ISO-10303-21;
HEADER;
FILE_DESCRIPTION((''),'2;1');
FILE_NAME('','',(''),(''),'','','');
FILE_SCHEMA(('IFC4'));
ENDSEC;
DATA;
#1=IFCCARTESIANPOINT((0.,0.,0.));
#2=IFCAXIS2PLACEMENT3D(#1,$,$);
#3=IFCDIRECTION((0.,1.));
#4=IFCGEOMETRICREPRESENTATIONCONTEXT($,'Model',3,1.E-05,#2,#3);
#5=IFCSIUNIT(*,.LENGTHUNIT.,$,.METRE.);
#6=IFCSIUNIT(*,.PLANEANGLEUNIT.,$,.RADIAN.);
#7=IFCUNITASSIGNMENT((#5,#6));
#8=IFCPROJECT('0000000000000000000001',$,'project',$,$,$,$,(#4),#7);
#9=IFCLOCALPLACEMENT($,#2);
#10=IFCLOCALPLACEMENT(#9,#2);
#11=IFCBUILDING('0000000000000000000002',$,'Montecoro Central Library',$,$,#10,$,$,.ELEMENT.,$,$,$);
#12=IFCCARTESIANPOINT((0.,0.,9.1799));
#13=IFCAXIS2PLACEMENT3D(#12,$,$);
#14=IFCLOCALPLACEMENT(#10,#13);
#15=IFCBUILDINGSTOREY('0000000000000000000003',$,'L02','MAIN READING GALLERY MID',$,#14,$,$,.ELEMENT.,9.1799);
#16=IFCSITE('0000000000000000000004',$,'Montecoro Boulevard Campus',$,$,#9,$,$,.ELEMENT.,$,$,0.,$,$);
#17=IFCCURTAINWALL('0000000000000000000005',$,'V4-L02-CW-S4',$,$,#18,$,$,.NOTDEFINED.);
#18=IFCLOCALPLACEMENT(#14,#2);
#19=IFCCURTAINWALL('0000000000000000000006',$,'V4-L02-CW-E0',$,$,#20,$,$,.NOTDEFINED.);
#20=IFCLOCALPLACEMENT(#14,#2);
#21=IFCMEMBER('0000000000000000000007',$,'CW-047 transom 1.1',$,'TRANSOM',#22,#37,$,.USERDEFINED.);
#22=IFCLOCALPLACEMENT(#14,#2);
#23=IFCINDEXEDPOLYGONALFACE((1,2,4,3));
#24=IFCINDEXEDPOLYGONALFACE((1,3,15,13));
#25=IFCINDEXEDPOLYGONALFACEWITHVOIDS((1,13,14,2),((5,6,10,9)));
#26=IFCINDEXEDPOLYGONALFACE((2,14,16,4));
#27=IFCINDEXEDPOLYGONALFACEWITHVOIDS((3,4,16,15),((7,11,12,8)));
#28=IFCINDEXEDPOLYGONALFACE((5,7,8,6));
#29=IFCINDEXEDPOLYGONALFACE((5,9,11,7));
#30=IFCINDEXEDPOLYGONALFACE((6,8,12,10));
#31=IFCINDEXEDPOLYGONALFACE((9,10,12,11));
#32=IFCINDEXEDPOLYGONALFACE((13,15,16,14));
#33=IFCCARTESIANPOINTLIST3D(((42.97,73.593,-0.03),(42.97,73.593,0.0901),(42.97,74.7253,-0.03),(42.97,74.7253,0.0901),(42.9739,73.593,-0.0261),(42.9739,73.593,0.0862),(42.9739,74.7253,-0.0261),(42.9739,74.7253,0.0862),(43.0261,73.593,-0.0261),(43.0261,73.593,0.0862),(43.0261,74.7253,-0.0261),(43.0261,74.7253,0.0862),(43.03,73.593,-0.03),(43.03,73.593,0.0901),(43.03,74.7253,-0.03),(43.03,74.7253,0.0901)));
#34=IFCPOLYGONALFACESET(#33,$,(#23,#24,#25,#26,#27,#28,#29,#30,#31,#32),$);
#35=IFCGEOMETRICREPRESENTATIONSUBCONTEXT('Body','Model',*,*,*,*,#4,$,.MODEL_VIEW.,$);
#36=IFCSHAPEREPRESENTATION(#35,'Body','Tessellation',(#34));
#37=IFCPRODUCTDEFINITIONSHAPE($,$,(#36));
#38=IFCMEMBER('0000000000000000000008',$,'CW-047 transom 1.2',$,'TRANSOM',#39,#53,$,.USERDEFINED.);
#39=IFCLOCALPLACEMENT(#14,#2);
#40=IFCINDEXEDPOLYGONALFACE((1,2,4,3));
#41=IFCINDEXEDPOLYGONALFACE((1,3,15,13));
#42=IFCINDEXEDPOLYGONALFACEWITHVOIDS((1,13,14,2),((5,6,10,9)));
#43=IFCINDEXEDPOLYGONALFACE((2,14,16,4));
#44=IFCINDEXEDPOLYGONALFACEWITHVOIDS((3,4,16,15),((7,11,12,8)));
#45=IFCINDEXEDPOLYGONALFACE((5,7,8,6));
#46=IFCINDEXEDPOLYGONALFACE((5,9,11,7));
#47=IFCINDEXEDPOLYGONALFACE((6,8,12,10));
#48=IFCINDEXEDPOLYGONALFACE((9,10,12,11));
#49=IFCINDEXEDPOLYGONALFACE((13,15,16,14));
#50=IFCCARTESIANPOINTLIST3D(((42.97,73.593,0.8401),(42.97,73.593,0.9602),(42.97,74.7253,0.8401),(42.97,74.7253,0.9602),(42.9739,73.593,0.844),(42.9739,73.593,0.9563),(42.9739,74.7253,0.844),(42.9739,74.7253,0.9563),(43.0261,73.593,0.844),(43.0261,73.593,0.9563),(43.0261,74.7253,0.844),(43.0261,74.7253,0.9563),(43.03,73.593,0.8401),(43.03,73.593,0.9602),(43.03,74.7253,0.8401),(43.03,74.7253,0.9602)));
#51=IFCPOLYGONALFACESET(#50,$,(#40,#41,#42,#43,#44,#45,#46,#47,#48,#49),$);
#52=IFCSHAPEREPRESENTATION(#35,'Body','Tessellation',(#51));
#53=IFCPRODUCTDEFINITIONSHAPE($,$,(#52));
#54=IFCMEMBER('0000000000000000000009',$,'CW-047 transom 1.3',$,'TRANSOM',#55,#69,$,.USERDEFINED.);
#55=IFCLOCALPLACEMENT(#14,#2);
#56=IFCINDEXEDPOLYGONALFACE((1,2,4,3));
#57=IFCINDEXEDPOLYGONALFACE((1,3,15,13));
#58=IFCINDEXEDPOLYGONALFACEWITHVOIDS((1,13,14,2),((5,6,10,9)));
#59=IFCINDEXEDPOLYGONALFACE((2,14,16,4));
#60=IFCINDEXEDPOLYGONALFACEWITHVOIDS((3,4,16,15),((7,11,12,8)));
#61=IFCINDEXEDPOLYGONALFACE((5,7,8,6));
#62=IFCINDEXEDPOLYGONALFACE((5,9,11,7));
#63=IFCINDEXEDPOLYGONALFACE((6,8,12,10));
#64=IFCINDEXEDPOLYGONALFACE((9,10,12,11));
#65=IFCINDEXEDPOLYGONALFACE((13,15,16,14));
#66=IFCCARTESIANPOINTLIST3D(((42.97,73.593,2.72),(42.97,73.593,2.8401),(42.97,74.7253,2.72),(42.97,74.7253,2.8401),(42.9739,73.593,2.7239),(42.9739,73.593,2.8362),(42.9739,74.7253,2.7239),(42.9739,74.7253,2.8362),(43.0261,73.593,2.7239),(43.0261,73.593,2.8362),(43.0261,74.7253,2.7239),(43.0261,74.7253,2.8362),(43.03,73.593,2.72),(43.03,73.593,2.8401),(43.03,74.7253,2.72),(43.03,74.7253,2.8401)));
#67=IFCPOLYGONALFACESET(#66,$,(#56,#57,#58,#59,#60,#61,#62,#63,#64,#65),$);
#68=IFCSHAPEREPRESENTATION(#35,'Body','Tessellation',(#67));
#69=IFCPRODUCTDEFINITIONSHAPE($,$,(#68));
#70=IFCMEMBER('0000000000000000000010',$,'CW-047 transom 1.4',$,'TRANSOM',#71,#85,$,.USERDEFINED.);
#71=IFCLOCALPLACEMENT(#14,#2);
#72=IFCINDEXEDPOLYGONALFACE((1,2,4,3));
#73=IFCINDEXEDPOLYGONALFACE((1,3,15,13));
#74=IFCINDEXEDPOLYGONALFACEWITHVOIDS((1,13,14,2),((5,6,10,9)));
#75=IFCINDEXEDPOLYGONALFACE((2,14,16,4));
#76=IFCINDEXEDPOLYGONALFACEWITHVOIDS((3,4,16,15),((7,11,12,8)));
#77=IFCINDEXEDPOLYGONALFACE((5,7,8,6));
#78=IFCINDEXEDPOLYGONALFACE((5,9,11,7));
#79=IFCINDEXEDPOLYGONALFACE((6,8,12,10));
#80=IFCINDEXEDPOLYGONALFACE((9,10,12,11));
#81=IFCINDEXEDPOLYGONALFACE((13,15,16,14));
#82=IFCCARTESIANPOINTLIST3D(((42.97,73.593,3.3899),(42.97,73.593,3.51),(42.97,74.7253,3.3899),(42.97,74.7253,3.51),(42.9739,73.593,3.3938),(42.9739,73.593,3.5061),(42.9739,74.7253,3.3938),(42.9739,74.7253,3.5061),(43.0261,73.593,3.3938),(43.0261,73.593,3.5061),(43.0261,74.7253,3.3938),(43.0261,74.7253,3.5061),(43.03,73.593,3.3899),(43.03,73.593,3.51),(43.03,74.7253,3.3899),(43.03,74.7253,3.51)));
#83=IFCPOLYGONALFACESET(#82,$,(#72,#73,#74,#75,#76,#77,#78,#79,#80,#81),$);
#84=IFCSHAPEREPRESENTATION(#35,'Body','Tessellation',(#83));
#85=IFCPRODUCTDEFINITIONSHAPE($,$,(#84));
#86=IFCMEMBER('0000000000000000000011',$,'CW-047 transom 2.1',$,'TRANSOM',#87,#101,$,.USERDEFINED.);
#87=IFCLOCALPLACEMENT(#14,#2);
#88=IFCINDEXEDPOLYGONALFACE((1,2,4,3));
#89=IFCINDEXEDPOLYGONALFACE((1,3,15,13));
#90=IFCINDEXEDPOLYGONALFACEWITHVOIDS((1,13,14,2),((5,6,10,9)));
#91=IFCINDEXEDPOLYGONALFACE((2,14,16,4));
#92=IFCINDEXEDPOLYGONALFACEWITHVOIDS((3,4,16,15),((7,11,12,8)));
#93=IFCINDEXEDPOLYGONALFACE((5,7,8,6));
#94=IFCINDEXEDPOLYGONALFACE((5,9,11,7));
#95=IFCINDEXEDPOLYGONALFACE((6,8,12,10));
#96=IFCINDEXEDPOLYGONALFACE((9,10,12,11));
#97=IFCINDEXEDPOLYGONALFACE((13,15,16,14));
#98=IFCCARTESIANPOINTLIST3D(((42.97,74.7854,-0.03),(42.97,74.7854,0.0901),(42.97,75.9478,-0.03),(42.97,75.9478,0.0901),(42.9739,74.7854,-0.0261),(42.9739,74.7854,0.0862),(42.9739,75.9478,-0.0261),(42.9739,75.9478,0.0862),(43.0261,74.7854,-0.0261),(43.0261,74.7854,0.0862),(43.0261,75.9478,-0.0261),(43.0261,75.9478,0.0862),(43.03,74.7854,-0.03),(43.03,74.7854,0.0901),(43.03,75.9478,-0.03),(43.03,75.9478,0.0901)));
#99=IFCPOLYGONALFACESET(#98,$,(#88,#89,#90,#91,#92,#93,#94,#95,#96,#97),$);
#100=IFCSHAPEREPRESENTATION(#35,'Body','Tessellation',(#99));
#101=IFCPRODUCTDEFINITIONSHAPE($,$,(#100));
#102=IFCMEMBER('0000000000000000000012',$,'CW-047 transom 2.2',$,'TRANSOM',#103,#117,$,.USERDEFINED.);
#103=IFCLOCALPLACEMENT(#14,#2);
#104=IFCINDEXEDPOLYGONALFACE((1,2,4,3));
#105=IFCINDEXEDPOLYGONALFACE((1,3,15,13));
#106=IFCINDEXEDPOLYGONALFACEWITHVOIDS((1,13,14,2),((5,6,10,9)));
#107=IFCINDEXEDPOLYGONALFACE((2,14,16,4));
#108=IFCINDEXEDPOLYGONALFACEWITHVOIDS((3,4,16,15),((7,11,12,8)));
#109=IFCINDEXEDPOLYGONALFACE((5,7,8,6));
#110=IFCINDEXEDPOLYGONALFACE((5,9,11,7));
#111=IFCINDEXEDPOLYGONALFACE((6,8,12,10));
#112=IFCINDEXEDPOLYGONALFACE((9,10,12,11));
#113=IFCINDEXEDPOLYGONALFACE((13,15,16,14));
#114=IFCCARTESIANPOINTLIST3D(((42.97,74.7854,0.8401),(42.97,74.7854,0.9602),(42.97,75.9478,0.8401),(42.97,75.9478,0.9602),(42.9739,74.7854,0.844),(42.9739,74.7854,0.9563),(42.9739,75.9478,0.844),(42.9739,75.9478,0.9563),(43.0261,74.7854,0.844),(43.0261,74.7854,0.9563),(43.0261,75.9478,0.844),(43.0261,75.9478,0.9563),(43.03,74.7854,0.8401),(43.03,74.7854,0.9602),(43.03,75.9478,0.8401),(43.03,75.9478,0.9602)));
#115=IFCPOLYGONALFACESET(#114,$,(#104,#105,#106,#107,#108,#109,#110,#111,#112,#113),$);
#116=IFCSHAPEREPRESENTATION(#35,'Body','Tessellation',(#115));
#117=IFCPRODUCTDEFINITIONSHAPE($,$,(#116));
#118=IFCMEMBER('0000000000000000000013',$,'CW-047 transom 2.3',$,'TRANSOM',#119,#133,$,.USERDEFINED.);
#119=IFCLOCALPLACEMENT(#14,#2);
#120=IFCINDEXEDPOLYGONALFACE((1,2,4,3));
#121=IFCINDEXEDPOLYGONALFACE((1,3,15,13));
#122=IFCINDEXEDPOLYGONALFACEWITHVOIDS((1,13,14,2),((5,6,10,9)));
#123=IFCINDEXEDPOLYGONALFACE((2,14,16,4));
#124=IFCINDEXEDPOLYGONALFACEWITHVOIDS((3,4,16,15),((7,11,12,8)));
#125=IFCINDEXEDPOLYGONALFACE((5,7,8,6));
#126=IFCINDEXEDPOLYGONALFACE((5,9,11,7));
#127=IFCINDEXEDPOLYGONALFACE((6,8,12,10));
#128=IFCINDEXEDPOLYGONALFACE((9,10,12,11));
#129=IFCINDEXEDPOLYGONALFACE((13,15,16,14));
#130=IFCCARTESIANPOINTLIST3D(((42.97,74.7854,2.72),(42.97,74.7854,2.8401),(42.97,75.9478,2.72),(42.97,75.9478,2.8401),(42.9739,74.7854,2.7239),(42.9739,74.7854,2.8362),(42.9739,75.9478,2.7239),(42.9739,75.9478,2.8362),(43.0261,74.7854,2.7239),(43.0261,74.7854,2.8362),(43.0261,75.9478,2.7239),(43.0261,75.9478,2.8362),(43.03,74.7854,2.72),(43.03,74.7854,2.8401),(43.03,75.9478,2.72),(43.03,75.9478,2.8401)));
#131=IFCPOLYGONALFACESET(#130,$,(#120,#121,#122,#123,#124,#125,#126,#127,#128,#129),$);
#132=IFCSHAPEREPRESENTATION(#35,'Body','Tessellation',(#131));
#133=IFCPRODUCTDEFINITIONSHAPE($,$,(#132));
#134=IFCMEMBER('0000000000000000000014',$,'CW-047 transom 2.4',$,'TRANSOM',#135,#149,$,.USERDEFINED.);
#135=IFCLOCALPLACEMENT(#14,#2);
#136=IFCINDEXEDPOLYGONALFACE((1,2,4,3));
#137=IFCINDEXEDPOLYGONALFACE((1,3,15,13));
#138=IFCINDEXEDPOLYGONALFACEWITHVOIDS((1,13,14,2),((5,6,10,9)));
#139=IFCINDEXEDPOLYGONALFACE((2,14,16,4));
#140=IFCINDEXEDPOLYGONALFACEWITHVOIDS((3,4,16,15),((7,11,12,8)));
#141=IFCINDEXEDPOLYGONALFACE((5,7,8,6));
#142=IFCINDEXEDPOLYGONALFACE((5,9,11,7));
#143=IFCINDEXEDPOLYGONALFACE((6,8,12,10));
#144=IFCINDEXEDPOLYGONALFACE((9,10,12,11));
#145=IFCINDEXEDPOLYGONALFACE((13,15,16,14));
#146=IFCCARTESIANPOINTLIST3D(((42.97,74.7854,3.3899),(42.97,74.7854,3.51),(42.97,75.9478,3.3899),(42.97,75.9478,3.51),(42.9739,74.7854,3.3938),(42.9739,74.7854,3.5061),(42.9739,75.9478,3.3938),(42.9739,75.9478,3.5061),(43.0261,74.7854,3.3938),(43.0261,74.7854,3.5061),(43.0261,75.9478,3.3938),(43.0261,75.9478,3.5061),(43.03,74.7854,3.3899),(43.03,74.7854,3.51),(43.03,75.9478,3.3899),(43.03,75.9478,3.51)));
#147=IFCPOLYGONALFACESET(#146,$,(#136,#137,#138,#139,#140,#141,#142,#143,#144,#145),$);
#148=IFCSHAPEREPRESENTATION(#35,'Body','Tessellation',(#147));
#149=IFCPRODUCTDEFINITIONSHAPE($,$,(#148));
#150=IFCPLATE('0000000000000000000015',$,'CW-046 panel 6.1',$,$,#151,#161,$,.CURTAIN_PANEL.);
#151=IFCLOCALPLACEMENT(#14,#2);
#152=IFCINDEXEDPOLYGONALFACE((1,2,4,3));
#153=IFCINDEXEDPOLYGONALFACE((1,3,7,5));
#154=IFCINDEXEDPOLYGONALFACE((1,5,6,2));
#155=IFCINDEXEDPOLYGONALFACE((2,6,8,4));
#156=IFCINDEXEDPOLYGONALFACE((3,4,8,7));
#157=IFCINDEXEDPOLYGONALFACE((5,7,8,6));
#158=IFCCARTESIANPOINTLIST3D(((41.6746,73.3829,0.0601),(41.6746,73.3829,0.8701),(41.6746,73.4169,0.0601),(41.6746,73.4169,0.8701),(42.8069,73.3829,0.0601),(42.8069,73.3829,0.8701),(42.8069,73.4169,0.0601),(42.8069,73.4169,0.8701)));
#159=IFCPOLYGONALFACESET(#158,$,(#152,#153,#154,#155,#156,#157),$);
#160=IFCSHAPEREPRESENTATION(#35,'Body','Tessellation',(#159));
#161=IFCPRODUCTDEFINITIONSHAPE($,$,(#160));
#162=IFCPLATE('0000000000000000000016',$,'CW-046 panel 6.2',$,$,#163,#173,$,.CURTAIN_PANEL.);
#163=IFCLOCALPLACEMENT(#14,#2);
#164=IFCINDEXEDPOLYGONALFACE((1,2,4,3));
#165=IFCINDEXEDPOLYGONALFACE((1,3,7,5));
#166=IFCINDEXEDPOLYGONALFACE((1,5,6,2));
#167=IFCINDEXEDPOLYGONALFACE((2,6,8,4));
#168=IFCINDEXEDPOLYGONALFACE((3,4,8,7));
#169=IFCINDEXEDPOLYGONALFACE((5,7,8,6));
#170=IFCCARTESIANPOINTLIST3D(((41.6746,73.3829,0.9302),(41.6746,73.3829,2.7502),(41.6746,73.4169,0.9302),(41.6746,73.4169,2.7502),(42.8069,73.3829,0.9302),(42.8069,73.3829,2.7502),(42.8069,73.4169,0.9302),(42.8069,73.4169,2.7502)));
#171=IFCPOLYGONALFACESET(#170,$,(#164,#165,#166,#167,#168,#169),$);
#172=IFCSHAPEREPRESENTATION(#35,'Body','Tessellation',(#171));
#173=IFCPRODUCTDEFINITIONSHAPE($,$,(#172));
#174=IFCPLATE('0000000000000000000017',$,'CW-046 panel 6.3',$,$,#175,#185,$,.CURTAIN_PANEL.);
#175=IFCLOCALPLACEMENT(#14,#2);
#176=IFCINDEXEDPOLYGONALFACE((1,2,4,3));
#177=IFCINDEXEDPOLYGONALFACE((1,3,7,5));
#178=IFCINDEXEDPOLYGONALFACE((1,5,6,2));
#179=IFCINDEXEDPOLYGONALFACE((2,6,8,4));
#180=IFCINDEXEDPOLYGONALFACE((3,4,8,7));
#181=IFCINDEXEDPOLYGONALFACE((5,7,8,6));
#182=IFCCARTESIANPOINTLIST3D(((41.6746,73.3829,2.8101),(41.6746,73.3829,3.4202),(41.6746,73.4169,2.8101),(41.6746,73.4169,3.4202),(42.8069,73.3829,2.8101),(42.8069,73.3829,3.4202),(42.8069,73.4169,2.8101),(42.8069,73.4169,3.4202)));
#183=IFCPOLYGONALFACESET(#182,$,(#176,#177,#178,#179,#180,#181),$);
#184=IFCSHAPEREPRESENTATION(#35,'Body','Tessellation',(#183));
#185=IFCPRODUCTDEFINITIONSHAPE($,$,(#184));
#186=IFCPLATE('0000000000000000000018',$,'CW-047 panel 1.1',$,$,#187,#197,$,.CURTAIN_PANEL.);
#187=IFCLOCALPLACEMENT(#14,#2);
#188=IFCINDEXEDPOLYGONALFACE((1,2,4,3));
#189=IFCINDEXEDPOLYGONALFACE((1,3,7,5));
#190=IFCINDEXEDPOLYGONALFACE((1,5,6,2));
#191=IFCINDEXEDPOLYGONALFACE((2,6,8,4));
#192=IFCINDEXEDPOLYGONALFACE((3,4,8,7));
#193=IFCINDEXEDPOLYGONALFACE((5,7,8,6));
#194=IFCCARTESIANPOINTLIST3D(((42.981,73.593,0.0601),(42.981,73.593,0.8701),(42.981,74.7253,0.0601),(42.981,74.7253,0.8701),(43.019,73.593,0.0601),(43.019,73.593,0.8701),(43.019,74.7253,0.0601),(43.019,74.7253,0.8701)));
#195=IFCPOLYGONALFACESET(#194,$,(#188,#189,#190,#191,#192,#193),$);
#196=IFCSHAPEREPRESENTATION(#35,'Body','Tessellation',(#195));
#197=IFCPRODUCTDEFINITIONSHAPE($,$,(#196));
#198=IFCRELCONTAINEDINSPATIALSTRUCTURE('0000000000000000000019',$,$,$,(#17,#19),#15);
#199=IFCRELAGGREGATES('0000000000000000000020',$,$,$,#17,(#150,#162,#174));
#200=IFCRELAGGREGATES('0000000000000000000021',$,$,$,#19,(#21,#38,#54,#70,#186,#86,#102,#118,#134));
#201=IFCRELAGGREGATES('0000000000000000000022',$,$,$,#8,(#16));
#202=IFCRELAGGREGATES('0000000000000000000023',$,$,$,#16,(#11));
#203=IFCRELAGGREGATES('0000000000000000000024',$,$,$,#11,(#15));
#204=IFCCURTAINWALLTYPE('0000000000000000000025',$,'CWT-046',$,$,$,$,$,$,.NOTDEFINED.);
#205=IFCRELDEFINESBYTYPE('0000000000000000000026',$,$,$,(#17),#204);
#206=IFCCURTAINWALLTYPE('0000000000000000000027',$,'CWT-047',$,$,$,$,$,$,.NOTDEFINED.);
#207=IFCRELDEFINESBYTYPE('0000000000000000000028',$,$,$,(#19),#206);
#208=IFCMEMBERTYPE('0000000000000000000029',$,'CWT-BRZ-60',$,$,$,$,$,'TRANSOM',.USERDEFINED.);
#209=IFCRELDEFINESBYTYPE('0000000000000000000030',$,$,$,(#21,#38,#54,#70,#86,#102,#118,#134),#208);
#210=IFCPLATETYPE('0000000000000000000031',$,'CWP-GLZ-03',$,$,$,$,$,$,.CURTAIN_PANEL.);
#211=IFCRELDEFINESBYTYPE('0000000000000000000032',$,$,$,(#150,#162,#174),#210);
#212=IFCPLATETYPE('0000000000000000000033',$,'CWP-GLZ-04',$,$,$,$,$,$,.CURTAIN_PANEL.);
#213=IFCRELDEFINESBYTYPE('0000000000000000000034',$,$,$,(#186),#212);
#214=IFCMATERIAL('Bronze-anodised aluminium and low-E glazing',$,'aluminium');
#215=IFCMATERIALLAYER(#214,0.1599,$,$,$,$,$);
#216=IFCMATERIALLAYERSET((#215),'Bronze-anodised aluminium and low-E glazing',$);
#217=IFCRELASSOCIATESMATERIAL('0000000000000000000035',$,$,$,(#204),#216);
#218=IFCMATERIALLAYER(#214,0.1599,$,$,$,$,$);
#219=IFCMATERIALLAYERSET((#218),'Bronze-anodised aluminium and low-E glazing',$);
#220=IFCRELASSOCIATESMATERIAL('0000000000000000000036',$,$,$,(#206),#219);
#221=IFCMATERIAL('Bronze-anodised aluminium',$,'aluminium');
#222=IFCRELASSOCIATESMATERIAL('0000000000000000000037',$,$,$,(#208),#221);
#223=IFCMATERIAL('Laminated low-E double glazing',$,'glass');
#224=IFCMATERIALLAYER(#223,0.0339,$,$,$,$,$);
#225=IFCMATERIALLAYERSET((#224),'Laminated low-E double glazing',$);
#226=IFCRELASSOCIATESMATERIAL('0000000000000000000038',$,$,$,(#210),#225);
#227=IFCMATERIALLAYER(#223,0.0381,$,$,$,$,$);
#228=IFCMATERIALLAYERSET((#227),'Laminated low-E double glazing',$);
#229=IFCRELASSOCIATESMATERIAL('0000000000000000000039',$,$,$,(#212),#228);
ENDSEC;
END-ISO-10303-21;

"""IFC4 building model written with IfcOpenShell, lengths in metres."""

from ifc_helpers import new_model, si_unit, direction, frame, origin, origin_2d, place, context, subcontext, project, spatial, rectangle, hollow_rectangle, extrude, material, layer, layer_set, material_profile, profile_set, type_object, element, aggregate, save


model = new_model("IFC4")

# Units and contexts
model_context = context("Model", 3, precision=1e-05, world=origin(), true_north=direction((0.0, 1.0)))
body_context = subcontext(model_context, "Body", "Model", "MODEL_VIEW")
ifc_project = project(units=[si_unit("LENGTHUNIT", "METRE"), si_unit("PLANEANGLEUNIT", "RADIAN")], contexts=[model_context])

# Site, building, storey
site_placement = place(None, origin())
site = spatial("IfcSite", under=ifc_project, at=site_placement, Name="Montecoro Boulevard Campus", CompositionType="ELEMENT", RefElevation=0.0)
building_placement = place(site_placement, origin())
building = spatial("IfcBuilding", under=site, at=building_placement, Name="Montecoro Central Library", CompositionType="ELEMENT")
storey_placement = place(building_placement, frame((0.0, 0.0, 9.1799)))
storey = spatial("IfcBuildingStorey", under=building, at=storey_placement, Name="L02", Description="MAIN READING GALLERY MID", CompositionType="ELEMENT", Elevation=9.1799)

# Curtain walls
ifc_material_1 = material(Name="Bronze-anodised aluminium and low-E glazing", Category="aluminium")
ifc_layer_1 = layer(ifc_material_1, 0.1599)
ifc_layer_set_1 = layer_set([ifc_layer_1], Name="Bronze-anodised aluminium and low-E glazing")
curtain_wall_type_1 = type_object("IfcCurtainWallType", Name="CWT-046", PredefinedType="NOTDEFINED", material=ifc_layer_set_1)
curtain_wall_1_placement = place(storey_placement, origin())
curtain_wall_1 = element("IfcCurtainWall", 1, at=curtain_wall_1_placement, inside=storey, type_object=curtain_wall_type_1, Name="V4-L02-CW-S4", PredefinedType="NOTDEFINED")
ifc_material_2 = material(Name="Bronze-anodised aluminium", Category="aluminium")
ifc_layer_2 = layer(ifc_material_1, 0.1599)
ifc_layer_set_2 = layer_set([ifc_layer_2], Name="Bronze-anodised aluminium and low-E glazing")
curtain_wall_type_2 = type_object("IfcCurtainWallType", Name="CWT-047", PredefinedType="NOTDEFINED", material=ifc_layer_set_2)
curtain_wall_2_placement = place(storey_placement, origin())
curtain_wall_2 = element("IfcCurtainWall", 2, at=curtain_wall_2_placement, inside=storey, type_object=curtain_wall_type_2, Name="V4-L02-CW-E0", PredefinedType="NOTDEFINED")

# Members
ifc_material_profile_1 = material_profile(ifc_material_2, hollow_rectangle(XDim=0.0601, YDim=0.1201, WallThickness=0.0039, at=origin_2d()), Name="CWT 120x60x4.0")
ifc_profile_set_1 = profile_set([ifc_material_profile_1], Name="Bronze-anodised aluminium")
member_type_1 = type_object("IfcMemberType", Name="CWT-BRZ-60", ElementType="TRANSOM", PredefinedType="USERDEFINED", material=ifc_profile_set_1)
member_1_placement = place(storey_placement, frame((43.0, 73.593, 0.03), z_axis=(0.0, 1.0, 0.0), x_axis=(-1.0, 0.0, 0.0)))
member_1 = element("IfcMember", 3, at=member_1_placement, type_object=member_type_1, Name="CW-047 transom 1.1", ObjectType="TRANSOM", PredefinedType="USERDEFINED", context=body_context, shape_type="SweptSolid", body=[
    extrude(hollow_rectangle(XDim=0.0601, YDim=0.1201, WallThickness=0.0039, at=origin_2d()), origin(), (0.0, 0.0, 1.0), 1.1323),
])
member_2_placement = place(storey_placement, frame((43.0, 73.593, 0.9001), z_axis=(0.0, 1.0, 0.0), x_axis=(-1.0, 0.0, 0.0)))
member_2 = element("IfcMember", 4, at=member_2_placement, type_object=member_type_1, Name="CW-047 transom 1.2", ObjectType="TRANSOM", PredefinedType="USERDEFINED", context=body_context, shape_type="SweptSolid", body=[
    extrude(hollow_rectangle(XDim=0.0601, YDim=0.1201, WallThickness=0.0039, at=origin_2d()), origin(), (0.0, 0.0, 1.0), 1.1323),
])
member_3_placement = place(storey_placement, frame((43.0, 73.593, 2.78), z_axis=(0.0, 1.0, 0.0), x_axis=(-1.0, 0.0, 0.0)))
member_3 = element("IfcMember", 5, at=member_3_placement, type_object=member_type_1, Name="CW-047 transom 1.3", ObjectType="TRANSOM", PredefinedType="USERDEFINED", context=body_context, shape_type="SweptSolid", body=[
    extrude(hollow_rectangle(XDim=0.0601, YDim=0.1201, WallThickness=0.0039, at=origin_2d()), origin(), (0.0, 0.0, 1.0), 1.1323),
])
member_4_placement = place(storey_placement, frame((43.0, 73.593, 3.45), z_axis=(0.0, 1.0, 0.0), x_axis=(-1.0, 0.0, 0.0)))
member_4 = element("IfcMember", 6, at=member_4_placement, type_object=member_type_1, Name="CW-047 transom 1.4", ObjectType="TRANSOM", PredefinedType="USERDEFINED", context=body_context, shape_type="SweptSolid", body=[
    extrude(hollow_rectangle(XDim=0.0601, YDim=0.1201, WallThickness=0.0039, at=origin_2d()), origin(), (0.0, 0.0, 1.0), 1.1323),
])
member_5_placement = place(storey_placement, frame((43.0, 74.7854, 0.03), z_axis=(0.0, 1.0, 0.0), x_axis=(-1.0, 0.0, 0.0)))
member_5 = element("IfcMember", 7, at=member_5_placement, type_object=member_type_1, Name="CW-047 transom 2.1", ObjectType="TRANSOM", PredefinedType="USERDEFINED", context=body_context, shape_type="SweptSolid", body=[
    extrude(hollow_rectangle(XDim=0.0601, YDim=0.1201, WallThickness=0.0039, at=origin_2d()), origin(), (0.0, 0.0, 1.0), 1.1624),
])
member_6_placement = place(storey_placement, frame((43.0, 74.7854, 0.9001), z_axis=(0.0, 1.0, 0.0), x_axis=(-1.0, 0.0, 0.0)))
member_6 = element("IfcMember", 8, at=member_6_placement, type_object=member_type_1, Name="CW-047 transom 2.2", ObjectType="TRANSOM", PredefinedType="USERDEFINED", context=body_context, shape_type="SweptSolid", body=[
    extrude(hollow_rectangle(XDim=0.0601, YDim=0.1201, WallThickness=0.0039, at=origin_2d()), origin(), (0.0, 0.0, 1.0), 1.1624),
])
member_7_placement = place(storey_placement, frame((43.0, 74.7854, 2.78), z_axis=(0.0, 1.0, 0.0), x_axis=(-1.0, 0.0, 0.0)))
member_7 = element("IfcMember", 9, at=member_7_placement, type_object=member_type_1, Name="CW-047 transom 2.3", ObjectType="TRANSOM", PredefinedType="USERDEFINED", context=body_context, shape_type="SweptSolid", body=[
    extrude(hollow_rectangle(XDim=0.0601, YDim=0.1201, WallThickness=0.0039, at=origin_2d()), origin(), (0.0, 0.0, 1.0), 1.1624),
])
member_8_placement = place(storey_placement, frame((43.0, 74.7854, 3.45), z_axis=(0.0, 1.0, 0.0), x_axis=(-1.0, 0.0, 0.0)))
member_8 = element("IfcMember", 10, at=member_8_placement, type_object=member_type_1, Name="CW-047 transom 2.4", ObjectType="TRANSOM", PredefinedType="USERDEFINED", context=body_context, shape_type="SweptSolid", body=[
    extrude(hollow_rectangle(XDim=0.0601, YDim=0.1201, WallThickness=0.0039, at=origin_2d()), origin(), (0.0, 0.0, 1.0), 1.1624),
])

# Plates
ifc_material_3 = material(Name="Laminated low-E double glazing", Category="glass")
ifc_layer_3 = layer(ifc_material_3, 0.0339)
ifc_layer_set_3 = layer_set([ifc_layer_3], Name="Laminated low-E double glazing")
plate_type_1 = type_object("IfcPlateType", Name="CWP-GLZ-03", PredefinedType="CURTAIN_PANEL", material=ifc_layer_set_3)
plate_1_placement = place(storey_placement, frame((42.2407, 73.3999, 0.0601), z_axis=(0.0, 0.0, 1.0), x_axis=(1.0, 0.0, 0.0)))
plate_1 = element("IfcPlate", 11, at=plate_1_placement, type_object=plate_type_1, Name="CW-046 panel 6.1", PredefinedType="CURTAIN_PANEL", context=body_context, shape_type="SweptSolid", body=[
    extrude(rectangle(XDim=1.1323, YDim=0.0339, at=origin_2d()), origin(), (0.0, 0.0, 1.0), 0.8101),
])
plate_2_placement = place(storey_placement, frame((42.2407, 73.3999, 0.9302), z_axis=(0.0, 0.0, 1.0), x_axis=(1.0, 0.0, 0.0)))
plate_2 = element("IfcPlate", 12, at=plate_2_placement, type_object=plate_type_1, Name="CW-046 panel 6.2", PredefinedType="CURTAIN_PANEL", context=body_context, shape_type="SweptSolid", body=[
    extrude(rectangle(XDim=1.1323, YDim=0.0339, at=origin_2d()), origin(), (0.0, 0.0, 1.0), 1.8201),
])
plate_3_placement = place(storey_placement, frame((42.2407, 73.3999, 2.8101), z_axis=(0.0, 0.0, 1.0), x_axis=(1.0, 0.0, 0.0)))
plate_3 = element("IfcPlate", 13, at=plate_3_placement, type_object=plate_type_1, Name="CW-046 panel 6.3", PredefinedType="CURTAIN_PANEL", context=body_context, shape_type="SweptSolid", body=[
    extrude(rectangle(XDim=1.1323, YDim=0.0339, at=origin_2d()), origin(), (0.0, 0.0, 1.0), 0.6101),
])
aggregate(curtain_wall_1, [plate_1, plate_2, plate_3])
ifc_layer_4 = layer(ifc_material_3, 0.0381)
ifc_layer_set_4 = layer_set([ifc_layer_4], Name="Laminated low-E double glazing")
plate_type_2 = type_object("IfcPlateType", Name="CWP-GLZ-04", PredefinedType="CURTAIN_PANEL", material=ifc_layer_set_4)
plate_4_placement = place(storey_placement, frame((43.0, 74.1592, 0.0601), z_axis=(0.0, 0.0, 1.0), x_axis=(0.0, 1.0, 0.0)))
plate_4 = element("IfcPlate", 14, at=plate_4_placement, type_object=plate_type_2, Name="CW-047 panel 1.1", PredefinedType="CURTAIN_PANEL", context=body_context, shape_type="SweptSolid", body=[
    extrude(rectangle(XDim=1.1323, YDim=0.0381, at=origin_2d()), origin(), (0.0, 0.0, 1.0), 0.8101),
])
aggregate(curtain_wall_2, [member_1, member_2, member_3, member_4, plate_4, member_5, member_6, member_7, member_8])

save(model, "model.ifc")
